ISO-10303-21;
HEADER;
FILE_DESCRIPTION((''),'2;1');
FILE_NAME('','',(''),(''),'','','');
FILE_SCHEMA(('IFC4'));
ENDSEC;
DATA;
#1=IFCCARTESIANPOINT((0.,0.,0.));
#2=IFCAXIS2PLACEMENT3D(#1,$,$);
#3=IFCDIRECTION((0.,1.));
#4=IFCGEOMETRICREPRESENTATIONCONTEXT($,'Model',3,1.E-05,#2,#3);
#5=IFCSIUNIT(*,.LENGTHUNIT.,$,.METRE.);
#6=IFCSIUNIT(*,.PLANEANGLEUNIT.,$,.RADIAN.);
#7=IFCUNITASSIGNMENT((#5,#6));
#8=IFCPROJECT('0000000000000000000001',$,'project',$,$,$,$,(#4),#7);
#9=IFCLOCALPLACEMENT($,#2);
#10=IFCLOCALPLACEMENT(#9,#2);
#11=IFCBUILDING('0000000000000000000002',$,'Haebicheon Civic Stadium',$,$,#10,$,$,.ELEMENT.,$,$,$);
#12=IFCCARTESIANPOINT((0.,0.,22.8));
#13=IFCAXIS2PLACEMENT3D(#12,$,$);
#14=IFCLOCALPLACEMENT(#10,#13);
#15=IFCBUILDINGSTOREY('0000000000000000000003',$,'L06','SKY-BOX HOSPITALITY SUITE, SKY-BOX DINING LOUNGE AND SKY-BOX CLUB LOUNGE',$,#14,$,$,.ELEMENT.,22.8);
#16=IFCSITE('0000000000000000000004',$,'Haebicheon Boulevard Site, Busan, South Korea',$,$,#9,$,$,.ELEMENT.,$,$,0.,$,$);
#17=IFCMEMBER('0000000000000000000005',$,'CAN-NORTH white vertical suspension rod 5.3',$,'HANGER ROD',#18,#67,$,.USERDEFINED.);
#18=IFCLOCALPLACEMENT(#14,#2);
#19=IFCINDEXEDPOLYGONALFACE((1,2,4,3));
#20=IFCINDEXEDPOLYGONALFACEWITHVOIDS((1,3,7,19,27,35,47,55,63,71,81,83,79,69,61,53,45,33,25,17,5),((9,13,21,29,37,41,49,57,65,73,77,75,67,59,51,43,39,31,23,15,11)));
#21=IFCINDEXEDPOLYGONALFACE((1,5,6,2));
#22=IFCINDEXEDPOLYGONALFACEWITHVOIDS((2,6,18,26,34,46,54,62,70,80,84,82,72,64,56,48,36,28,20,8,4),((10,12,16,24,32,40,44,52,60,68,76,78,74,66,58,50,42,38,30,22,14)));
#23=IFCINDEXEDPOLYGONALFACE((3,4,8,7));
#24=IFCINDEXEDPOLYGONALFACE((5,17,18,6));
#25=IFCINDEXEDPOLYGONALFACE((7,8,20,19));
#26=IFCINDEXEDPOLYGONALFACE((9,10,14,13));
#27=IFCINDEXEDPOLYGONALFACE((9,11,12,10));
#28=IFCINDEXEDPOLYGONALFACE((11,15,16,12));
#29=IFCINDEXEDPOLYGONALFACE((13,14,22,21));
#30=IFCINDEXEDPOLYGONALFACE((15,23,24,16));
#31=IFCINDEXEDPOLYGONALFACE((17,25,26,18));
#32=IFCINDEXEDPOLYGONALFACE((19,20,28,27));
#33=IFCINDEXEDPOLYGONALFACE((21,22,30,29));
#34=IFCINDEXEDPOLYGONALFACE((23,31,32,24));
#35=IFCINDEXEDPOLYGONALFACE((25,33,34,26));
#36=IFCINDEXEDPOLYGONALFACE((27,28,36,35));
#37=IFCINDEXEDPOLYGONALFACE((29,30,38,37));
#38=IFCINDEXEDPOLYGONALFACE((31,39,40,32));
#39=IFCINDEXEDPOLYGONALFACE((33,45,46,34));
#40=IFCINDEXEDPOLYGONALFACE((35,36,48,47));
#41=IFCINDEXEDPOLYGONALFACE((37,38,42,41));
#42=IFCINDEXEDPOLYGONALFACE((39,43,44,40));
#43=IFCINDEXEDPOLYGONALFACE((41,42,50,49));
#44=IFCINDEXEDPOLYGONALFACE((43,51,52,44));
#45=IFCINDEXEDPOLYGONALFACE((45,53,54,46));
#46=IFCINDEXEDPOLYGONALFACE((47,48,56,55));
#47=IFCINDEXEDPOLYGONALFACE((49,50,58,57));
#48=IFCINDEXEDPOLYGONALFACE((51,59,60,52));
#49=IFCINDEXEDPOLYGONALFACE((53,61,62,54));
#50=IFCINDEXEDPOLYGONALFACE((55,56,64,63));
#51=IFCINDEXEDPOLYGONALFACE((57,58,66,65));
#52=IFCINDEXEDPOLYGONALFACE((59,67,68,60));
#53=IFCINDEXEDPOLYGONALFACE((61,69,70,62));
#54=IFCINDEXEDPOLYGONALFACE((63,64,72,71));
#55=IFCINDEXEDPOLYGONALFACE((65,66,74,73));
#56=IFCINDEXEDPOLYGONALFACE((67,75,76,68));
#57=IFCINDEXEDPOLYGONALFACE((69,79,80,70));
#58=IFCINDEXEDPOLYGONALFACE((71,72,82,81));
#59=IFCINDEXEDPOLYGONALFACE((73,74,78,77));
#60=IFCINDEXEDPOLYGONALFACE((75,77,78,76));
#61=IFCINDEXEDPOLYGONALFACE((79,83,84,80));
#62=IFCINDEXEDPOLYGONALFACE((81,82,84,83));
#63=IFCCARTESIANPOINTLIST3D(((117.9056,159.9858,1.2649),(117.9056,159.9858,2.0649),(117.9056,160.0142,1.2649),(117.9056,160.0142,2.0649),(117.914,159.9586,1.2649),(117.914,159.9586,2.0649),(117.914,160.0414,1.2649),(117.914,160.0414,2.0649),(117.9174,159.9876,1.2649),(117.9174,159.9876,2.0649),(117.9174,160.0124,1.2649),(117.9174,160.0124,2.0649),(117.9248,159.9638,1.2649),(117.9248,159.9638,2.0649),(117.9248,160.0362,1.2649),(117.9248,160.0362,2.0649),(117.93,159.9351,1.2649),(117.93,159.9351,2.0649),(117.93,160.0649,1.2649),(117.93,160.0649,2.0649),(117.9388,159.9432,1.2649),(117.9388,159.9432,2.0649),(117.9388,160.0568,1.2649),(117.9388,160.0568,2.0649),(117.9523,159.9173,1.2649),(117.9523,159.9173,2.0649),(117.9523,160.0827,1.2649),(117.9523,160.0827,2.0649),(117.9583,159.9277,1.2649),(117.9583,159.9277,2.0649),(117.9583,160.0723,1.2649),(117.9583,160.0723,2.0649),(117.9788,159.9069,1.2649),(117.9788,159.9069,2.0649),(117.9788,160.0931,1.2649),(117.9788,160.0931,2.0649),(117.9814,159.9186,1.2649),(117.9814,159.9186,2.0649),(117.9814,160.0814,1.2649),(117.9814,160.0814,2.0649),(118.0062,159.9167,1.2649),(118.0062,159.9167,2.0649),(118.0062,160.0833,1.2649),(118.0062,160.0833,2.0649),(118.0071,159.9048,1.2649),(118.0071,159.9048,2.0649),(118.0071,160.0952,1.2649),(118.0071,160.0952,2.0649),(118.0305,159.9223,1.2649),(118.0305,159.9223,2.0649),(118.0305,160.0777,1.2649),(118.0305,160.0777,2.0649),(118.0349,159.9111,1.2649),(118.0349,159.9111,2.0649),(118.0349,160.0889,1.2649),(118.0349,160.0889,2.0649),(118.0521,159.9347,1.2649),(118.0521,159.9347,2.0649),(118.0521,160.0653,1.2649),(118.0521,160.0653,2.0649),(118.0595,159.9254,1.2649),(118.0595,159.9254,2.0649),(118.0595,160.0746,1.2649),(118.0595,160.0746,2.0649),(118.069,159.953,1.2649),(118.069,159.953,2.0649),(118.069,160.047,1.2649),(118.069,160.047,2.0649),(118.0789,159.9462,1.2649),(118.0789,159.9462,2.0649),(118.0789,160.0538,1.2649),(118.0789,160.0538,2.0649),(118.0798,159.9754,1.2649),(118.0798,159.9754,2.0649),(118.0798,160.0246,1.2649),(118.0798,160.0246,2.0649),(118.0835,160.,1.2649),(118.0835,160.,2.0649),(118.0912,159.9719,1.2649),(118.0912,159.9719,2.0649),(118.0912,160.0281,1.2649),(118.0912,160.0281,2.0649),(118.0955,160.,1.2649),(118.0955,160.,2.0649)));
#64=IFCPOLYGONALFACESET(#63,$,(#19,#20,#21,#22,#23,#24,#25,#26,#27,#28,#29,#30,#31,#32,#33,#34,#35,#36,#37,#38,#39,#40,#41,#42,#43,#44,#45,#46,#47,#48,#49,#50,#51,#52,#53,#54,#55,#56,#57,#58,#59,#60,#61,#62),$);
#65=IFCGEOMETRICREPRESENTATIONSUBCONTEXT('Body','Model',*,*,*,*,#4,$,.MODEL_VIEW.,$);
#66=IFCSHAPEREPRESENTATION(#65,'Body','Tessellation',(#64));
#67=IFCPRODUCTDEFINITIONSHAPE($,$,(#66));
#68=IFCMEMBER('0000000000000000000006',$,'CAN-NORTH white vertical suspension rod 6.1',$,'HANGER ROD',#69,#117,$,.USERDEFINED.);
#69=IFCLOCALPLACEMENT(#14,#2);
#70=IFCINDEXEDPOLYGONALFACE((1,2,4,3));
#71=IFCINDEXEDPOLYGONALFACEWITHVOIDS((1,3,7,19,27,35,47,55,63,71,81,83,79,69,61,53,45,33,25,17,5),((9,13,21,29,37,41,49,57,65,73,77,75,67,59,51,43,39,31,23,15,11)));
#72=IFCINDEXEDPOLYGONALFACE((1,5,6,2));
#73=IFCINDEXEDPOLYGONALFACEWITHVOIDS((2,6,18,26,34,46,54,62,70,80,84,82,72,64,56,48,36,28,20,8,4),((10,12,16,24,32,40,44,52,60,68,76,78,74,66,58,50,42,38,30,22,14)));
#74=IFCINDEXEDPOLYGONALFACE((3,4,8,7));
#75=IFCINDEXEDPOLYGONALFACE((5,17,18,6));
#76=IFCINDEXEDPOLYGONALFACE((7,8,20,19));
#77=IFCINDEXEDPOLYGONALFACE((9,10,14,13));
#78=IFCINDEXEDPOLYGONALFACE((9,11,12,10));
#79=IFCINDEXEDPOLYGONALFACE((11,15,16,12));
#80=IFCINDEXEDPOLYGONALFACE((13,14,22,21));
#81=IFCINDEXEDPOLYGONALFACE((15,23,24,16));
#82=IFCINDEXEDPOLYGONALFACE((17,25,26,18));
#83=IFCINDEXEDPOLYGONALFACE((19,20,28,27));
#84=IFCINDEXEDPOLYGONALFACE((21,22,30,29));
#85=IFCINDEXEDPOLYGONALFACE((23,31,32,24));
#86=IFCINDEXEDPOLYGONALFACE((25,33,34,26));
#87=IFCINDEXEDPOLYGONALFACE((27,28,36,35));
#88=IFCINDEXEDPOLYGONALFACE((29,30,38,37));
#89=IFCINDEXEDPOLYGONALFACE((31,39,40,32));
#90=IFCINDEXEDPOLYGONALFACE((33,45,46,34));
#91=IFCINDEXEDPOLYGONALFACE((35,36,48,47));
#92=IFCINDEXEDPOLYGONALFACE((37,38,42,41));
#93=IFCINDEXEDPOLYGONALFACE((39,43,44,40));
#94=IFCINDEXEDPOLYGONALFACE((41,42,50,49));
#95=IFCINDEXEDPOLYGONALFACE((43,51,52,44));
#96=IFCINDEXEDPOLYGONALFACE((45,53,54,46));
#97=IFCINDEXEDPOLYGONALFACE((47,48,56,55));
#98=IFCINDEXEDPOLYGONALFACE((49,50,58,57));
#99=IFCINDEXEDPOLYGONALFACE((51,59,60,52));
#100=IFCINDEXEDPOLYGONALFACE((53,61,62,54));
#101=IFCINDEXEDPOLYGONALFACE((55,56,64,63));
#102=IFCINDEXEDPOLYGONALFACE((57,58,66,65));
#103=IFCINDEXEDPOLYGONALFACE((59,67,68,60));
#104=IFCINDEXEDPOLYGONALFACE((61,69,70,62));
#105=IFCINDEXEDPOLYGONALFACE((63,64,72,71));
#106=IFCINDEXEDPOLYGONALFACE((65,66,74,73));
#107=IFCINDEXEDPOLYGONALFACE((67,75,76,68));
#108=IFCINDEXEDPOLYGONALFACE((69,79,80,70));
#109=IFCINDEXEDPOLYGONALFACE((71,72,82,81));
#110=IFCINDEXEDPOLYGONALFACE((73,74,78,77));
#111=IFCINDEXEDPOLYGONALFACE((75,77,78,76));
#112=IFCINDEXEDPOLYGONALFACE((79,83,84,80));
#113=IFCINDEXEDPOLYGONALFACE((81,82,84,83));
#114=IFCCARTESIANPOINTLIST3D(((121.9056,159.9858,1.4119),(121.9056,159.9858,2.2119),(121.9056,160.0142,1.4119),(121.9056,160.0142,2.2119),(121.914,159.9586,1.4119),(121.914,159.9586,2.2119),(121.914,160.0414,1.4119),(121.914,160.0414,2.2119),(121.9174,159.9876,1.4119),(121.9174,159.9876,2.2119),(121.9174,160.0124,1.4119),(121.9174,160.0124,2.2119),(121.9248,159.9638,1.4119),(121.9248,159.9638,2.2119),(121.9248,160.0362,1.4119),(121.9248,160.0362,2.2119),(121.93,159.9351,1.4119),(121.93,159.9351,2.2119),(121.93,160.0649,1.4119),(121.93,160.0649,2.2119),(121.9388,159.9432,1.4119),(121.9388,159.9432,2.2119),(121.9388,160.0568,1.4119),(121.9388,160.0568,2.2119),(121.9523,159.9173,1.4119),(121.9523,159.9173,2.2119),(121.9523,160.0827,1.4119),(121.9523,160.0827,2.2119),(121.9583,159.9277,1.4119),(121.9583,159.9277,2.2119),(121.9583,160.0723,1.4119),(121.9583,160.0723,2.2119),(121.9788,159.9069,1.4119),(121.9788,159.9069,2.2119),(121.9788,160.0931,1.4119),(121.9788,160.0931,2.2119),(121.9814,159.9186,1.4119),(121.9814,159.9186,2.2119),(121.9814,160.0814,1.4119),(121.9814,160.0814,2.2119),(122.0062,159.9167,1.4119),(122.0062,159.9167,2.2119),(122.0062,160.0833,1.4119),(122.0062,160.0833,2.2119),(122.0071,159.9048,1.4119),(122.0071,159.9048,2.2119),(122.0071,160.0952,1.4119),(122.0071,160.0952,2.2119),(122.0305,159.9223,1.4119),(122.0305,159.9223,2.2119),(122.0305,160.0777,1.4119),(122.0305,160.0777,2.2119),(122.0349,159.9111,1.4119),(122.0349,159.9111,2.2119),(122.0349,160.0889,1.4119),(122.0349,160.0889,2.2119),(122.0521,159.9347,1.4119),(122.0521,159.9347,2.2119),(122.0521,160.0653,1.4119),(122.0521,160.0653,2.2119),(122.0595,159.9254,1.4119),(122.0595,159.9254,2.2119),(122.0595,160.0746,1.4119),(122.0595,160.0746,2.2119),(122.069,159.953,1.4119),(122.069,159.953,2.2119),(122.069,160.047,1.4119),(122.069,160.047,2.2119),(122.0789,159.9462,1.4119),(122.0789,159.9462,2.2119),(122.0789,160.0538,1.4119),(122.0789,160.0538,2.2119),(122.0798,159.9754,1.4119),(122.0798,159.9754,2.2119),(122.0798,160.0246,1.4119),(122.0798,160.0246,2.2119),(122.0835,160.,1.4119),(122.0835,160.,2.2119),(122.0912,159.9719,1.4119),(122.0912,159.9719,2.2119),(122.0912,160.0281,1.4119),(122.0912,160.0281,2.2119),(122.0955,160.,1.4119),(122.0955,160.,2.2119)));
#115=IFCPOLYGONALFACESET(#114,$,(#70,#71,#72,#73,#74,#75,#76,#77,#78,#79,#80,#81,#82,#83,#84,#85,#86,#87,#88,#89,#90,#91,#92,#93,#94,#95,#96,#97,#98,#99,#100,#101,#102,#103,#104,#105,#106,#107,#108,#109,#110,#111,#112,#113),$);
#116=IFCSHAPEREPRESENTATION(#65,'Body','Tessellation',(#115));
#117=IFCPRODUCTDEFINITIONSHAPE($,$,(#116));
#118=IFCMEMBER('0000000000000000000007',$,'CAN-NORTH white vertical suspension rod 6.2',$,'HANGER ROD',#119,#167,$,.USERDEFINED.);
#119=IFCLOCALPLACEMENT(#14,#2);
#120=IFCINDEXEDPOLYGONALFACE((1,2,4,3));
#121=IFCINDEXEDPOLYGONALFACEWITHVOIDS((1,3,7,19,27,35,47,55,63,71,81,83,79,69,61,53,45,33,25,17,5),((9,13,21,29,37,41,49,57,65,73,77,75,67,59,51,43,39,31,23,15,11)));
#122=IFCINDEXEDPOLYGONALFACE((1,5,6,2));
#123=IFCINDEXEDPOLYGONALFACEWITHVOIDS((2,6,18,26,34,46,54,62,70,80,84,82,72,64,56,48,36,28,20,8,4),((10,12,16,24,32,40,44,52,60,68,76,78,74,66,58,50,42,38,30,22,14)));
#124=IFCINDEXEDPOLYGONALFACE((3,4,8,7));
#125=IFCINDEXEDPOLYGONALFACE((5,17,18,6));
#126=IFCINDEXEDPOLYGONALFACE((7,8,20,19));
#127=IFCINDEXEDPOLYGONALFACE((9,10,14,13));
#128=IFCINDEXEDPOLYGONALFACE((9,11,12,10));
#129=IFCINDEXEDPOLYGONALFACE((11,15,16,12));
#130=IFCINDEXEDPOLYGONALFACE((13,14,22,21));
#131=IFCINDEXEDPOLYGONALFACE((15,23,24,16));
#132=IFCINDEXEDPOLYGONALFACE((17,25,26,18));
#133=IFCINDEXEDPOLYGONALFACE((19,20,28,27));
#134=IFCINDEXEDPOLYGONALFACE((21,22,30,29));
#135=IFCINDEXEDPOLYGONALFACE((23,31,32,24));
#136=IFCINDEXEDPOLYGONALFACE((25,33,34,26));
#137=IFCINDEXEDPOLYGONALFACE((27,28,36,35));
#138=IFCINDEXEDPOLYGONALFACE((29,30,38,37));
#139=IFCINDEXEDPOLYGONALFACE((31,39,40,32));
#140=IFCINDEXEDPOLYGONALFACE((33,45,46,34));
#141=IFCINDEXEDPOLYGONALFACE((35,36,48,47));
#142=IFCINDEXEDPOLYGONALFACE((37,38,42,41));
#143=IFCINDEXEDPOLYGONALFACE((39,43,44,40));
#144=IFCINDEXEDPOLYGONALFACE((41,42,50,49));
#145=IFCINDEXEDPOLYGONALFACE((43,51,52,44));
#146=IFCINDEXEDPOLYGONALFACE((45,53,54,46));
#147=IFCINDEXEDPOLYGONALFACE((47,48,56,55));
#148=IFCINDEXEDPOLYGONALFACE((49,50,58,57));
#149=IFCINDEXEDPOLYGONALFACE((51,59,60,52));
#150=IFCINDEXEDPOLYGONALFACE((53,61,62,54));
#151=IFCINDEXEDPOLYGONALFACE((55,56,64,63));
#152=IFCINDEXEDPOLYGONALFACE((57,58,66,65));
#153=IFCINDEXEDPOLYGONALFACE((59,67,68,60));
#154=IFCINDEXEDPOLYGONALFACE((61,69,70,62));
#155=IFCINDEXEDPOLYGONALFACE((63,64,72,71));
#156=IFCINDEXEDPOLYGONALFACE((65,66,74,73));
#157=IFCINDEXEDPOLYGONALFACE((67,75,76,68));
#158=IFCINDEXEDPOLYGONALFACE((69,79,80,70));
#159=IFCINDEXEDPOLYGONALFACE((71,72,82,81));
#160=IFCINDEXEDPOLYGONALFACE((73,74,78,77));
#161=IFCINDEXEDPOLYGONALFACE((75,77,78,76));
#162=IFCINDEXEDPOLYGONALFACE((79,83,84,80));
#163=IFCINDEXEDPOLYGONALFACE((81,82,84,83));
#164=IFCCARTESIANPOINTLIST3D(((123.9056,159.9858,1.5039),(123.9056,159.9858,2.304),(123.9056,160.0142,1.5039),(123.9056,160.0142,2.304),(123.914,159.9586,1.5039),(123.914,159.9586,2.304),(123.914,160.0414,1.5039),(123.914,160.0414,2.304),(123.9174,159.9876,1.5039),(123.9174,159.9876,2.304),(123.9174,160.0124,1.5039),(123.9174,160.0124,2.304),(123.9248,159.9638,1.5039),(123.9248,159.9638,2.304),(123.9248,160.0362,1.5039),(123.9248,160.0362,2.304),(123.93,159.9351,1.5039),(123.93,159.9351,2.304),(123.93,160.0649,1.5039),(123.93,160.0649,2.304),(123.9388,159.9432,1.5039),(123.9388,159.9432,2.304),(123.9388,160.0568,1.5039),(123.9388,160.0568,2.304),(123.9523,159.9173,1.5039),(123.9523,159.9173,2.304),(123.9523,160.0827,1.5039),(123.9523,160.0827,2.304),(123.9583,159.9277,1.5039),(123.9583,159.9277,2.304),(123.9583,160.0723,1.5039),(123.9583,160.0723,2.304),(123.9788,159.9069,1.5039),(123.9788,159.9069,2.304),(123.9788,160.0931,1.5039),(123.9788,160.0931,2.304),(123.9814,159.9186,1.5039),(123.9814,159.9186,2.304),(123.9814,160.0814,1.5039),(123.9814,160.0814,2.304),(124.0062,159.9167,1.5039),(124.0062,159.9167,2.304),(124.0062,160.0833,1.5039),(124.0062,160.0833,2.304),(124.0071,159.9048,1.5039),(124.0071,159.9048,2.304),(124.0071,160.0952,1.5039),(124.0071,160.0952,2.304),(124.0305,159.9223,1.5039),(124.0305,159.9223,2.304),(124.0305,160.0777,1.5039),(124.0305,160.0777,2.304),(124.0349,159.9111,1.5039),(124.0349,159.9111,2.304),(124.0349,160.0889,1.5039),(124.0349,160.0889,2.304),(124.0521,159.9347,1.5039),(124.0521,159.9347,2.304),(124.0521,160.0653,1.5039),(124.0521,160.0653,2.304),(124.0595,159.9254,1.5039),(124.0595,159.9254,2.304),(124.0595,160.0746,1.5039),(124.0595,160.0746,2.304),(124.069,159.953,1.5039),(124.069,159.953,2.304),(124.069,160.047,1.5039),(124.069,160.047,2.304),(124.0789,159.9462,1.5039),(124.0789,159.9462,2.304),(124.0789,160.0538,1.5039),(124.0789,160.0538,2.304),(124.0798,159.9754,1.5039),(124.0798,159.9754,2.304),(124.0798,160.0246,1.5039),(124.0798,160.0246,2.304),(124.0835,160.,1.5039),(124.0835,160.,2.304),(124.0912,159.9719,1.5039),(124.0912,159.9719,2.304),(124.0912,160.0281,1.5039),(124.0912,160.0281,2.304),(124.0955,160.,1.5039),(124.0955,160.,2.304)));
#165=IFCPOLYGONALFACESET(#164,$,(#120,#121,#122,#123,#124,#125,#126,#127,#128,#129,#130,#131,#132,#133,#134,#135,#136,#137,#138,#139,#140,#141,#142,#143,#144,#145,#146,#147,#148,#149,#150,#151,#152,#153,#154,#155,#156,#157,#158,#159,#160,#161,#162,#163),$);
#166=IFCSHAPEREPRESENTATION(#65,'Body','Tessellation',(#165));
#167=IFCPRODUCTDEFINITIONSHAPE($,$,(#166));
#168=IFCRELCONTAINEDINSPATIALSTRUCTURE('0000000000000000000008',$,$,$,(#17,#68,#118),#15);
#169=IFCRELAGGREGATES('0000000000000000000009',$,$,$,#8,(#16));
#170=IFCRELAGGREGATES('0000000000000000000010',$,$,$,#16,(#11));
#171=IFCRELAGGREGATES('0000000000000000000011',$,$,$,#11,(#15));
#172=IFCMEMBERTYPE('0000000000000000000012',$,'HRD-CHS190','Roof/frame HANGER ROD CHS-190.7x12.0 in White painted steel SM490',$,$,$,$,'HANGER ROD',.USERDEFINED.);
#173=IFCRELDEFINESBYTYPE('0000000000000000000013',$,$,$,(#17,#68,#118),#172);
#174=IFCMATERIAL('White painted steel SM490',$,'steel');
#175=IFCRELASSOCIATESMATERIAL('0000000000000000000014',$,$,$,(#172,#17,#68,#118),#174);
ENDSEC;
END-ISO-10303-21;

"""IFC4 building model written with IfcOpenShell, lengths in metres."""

from ifc_helpers import new_model, si_unit, direction, frame, origin, origin_2d, place, context, subcontext, project, spatial, hollow_circle, extrude, material, material_profile, profile_set, type_object, element, save


model = new_model("IFC4")

# Units and contexts
model_context = context("Model", 3, precision=1e-05, world=origin(), true_north=direction((0.0, 1.0)))
body_context = subcontext(model_context, "Body", "Model", "MODEL_VIEW")
ifc_project = project(units=[si_unit("LENGTHUNIT", "METRE"), si_unit("PLANEANGLEUNIT", "RADIAN")], contexts=[model_context])

# Site, building, storey
site_placement = place(None, origin())
site = spatial("IfcSite", under=ifc_project, at=site_placement, Name="Haebicheon Boulevard Site, Busan, South Korea", CompositionType="ELEMENT", RefElevation=0.0)
building_placement = place(site_placement, origin())
building = spatial("IfcBuilding", under=site, at=building_placement, Name="Haebicheon Civic Stadium", CompositionType="ELEMENT")
storey_placement = place(building_placement, frame((0.0, 0.0, 22.8)))
storey = spatial("IfcBuildingStorey", under=building, at=storey_placement, Name="L06", Description="SKY-BOX HOSPITALITY SUITE, SKY-BOX DINING LOUNGE AND SKY-BOX CLUB LOUNGE", CompositionType="ELEMENT", Elevation=22.8)

# Members
ifc_material_1 = material(Name="White painted steel SM490", Category="steel")
ifc_material_profile_1 = material_profile(ifc_material_1, hollow_circle(Radius=0.0955, WallThickness=0.012, at=origin_2d()), Name="CHS-190.7x12.0")
ifc_profile_set_1 = profile_set([ifc_material_profile_1], Name="White painted steel SM490")
member_type_1 = type_object("IfcMemberType", Name="HRD-CHS190", Description="Roof/frame HANGER ROD CHS-190.7x12.0 in White painted steel SM490", ElementType="HANGER ROD", PredefinedType="USERDEFINED", material=ifc_profile_set_1)
for number, where, z_axis, x_axis, name in (
    (1, (118.0, 160.0, 1.2649), (0.0, 0.0, 1.0), (1.0, 0.0, 0.0), "CAN-NORTH white vertical suspension rod 5.3"),
    (2, (122.0, 160.0, 1.4119), (0.0, 0.0, 1.0), (1.0, 0.0, 0.0), "CAN-NORTH white vertical suspension rod 6.1"),
    (3, (124.0, 160.0, 1.5039), (0.0, 0.0, 1.0), (1.0, 0.0, 0.0), "CAN-NORTH white vertical suspension rod 6.2"),
):
    element("IfcMember", number, at=place(storey_placement, frame(where, z_axis=z_axis, x_axis=x_axis)), inside=storey, type_object=member_type_1, material=ifc_profile_set_1, Name=name, ObjectType="HANGER ROD", PredefinedType="USERDEFINED", context=body_context, shape_type="SweptSolid", body=[
        extrude(hollow_circle(Radius=0.0955, WallThickness=0.012, at=origin_2d()), origin(), (0.0, 0.0, 1.0), 0.8),
    ])

save(model, "model.ifc")
